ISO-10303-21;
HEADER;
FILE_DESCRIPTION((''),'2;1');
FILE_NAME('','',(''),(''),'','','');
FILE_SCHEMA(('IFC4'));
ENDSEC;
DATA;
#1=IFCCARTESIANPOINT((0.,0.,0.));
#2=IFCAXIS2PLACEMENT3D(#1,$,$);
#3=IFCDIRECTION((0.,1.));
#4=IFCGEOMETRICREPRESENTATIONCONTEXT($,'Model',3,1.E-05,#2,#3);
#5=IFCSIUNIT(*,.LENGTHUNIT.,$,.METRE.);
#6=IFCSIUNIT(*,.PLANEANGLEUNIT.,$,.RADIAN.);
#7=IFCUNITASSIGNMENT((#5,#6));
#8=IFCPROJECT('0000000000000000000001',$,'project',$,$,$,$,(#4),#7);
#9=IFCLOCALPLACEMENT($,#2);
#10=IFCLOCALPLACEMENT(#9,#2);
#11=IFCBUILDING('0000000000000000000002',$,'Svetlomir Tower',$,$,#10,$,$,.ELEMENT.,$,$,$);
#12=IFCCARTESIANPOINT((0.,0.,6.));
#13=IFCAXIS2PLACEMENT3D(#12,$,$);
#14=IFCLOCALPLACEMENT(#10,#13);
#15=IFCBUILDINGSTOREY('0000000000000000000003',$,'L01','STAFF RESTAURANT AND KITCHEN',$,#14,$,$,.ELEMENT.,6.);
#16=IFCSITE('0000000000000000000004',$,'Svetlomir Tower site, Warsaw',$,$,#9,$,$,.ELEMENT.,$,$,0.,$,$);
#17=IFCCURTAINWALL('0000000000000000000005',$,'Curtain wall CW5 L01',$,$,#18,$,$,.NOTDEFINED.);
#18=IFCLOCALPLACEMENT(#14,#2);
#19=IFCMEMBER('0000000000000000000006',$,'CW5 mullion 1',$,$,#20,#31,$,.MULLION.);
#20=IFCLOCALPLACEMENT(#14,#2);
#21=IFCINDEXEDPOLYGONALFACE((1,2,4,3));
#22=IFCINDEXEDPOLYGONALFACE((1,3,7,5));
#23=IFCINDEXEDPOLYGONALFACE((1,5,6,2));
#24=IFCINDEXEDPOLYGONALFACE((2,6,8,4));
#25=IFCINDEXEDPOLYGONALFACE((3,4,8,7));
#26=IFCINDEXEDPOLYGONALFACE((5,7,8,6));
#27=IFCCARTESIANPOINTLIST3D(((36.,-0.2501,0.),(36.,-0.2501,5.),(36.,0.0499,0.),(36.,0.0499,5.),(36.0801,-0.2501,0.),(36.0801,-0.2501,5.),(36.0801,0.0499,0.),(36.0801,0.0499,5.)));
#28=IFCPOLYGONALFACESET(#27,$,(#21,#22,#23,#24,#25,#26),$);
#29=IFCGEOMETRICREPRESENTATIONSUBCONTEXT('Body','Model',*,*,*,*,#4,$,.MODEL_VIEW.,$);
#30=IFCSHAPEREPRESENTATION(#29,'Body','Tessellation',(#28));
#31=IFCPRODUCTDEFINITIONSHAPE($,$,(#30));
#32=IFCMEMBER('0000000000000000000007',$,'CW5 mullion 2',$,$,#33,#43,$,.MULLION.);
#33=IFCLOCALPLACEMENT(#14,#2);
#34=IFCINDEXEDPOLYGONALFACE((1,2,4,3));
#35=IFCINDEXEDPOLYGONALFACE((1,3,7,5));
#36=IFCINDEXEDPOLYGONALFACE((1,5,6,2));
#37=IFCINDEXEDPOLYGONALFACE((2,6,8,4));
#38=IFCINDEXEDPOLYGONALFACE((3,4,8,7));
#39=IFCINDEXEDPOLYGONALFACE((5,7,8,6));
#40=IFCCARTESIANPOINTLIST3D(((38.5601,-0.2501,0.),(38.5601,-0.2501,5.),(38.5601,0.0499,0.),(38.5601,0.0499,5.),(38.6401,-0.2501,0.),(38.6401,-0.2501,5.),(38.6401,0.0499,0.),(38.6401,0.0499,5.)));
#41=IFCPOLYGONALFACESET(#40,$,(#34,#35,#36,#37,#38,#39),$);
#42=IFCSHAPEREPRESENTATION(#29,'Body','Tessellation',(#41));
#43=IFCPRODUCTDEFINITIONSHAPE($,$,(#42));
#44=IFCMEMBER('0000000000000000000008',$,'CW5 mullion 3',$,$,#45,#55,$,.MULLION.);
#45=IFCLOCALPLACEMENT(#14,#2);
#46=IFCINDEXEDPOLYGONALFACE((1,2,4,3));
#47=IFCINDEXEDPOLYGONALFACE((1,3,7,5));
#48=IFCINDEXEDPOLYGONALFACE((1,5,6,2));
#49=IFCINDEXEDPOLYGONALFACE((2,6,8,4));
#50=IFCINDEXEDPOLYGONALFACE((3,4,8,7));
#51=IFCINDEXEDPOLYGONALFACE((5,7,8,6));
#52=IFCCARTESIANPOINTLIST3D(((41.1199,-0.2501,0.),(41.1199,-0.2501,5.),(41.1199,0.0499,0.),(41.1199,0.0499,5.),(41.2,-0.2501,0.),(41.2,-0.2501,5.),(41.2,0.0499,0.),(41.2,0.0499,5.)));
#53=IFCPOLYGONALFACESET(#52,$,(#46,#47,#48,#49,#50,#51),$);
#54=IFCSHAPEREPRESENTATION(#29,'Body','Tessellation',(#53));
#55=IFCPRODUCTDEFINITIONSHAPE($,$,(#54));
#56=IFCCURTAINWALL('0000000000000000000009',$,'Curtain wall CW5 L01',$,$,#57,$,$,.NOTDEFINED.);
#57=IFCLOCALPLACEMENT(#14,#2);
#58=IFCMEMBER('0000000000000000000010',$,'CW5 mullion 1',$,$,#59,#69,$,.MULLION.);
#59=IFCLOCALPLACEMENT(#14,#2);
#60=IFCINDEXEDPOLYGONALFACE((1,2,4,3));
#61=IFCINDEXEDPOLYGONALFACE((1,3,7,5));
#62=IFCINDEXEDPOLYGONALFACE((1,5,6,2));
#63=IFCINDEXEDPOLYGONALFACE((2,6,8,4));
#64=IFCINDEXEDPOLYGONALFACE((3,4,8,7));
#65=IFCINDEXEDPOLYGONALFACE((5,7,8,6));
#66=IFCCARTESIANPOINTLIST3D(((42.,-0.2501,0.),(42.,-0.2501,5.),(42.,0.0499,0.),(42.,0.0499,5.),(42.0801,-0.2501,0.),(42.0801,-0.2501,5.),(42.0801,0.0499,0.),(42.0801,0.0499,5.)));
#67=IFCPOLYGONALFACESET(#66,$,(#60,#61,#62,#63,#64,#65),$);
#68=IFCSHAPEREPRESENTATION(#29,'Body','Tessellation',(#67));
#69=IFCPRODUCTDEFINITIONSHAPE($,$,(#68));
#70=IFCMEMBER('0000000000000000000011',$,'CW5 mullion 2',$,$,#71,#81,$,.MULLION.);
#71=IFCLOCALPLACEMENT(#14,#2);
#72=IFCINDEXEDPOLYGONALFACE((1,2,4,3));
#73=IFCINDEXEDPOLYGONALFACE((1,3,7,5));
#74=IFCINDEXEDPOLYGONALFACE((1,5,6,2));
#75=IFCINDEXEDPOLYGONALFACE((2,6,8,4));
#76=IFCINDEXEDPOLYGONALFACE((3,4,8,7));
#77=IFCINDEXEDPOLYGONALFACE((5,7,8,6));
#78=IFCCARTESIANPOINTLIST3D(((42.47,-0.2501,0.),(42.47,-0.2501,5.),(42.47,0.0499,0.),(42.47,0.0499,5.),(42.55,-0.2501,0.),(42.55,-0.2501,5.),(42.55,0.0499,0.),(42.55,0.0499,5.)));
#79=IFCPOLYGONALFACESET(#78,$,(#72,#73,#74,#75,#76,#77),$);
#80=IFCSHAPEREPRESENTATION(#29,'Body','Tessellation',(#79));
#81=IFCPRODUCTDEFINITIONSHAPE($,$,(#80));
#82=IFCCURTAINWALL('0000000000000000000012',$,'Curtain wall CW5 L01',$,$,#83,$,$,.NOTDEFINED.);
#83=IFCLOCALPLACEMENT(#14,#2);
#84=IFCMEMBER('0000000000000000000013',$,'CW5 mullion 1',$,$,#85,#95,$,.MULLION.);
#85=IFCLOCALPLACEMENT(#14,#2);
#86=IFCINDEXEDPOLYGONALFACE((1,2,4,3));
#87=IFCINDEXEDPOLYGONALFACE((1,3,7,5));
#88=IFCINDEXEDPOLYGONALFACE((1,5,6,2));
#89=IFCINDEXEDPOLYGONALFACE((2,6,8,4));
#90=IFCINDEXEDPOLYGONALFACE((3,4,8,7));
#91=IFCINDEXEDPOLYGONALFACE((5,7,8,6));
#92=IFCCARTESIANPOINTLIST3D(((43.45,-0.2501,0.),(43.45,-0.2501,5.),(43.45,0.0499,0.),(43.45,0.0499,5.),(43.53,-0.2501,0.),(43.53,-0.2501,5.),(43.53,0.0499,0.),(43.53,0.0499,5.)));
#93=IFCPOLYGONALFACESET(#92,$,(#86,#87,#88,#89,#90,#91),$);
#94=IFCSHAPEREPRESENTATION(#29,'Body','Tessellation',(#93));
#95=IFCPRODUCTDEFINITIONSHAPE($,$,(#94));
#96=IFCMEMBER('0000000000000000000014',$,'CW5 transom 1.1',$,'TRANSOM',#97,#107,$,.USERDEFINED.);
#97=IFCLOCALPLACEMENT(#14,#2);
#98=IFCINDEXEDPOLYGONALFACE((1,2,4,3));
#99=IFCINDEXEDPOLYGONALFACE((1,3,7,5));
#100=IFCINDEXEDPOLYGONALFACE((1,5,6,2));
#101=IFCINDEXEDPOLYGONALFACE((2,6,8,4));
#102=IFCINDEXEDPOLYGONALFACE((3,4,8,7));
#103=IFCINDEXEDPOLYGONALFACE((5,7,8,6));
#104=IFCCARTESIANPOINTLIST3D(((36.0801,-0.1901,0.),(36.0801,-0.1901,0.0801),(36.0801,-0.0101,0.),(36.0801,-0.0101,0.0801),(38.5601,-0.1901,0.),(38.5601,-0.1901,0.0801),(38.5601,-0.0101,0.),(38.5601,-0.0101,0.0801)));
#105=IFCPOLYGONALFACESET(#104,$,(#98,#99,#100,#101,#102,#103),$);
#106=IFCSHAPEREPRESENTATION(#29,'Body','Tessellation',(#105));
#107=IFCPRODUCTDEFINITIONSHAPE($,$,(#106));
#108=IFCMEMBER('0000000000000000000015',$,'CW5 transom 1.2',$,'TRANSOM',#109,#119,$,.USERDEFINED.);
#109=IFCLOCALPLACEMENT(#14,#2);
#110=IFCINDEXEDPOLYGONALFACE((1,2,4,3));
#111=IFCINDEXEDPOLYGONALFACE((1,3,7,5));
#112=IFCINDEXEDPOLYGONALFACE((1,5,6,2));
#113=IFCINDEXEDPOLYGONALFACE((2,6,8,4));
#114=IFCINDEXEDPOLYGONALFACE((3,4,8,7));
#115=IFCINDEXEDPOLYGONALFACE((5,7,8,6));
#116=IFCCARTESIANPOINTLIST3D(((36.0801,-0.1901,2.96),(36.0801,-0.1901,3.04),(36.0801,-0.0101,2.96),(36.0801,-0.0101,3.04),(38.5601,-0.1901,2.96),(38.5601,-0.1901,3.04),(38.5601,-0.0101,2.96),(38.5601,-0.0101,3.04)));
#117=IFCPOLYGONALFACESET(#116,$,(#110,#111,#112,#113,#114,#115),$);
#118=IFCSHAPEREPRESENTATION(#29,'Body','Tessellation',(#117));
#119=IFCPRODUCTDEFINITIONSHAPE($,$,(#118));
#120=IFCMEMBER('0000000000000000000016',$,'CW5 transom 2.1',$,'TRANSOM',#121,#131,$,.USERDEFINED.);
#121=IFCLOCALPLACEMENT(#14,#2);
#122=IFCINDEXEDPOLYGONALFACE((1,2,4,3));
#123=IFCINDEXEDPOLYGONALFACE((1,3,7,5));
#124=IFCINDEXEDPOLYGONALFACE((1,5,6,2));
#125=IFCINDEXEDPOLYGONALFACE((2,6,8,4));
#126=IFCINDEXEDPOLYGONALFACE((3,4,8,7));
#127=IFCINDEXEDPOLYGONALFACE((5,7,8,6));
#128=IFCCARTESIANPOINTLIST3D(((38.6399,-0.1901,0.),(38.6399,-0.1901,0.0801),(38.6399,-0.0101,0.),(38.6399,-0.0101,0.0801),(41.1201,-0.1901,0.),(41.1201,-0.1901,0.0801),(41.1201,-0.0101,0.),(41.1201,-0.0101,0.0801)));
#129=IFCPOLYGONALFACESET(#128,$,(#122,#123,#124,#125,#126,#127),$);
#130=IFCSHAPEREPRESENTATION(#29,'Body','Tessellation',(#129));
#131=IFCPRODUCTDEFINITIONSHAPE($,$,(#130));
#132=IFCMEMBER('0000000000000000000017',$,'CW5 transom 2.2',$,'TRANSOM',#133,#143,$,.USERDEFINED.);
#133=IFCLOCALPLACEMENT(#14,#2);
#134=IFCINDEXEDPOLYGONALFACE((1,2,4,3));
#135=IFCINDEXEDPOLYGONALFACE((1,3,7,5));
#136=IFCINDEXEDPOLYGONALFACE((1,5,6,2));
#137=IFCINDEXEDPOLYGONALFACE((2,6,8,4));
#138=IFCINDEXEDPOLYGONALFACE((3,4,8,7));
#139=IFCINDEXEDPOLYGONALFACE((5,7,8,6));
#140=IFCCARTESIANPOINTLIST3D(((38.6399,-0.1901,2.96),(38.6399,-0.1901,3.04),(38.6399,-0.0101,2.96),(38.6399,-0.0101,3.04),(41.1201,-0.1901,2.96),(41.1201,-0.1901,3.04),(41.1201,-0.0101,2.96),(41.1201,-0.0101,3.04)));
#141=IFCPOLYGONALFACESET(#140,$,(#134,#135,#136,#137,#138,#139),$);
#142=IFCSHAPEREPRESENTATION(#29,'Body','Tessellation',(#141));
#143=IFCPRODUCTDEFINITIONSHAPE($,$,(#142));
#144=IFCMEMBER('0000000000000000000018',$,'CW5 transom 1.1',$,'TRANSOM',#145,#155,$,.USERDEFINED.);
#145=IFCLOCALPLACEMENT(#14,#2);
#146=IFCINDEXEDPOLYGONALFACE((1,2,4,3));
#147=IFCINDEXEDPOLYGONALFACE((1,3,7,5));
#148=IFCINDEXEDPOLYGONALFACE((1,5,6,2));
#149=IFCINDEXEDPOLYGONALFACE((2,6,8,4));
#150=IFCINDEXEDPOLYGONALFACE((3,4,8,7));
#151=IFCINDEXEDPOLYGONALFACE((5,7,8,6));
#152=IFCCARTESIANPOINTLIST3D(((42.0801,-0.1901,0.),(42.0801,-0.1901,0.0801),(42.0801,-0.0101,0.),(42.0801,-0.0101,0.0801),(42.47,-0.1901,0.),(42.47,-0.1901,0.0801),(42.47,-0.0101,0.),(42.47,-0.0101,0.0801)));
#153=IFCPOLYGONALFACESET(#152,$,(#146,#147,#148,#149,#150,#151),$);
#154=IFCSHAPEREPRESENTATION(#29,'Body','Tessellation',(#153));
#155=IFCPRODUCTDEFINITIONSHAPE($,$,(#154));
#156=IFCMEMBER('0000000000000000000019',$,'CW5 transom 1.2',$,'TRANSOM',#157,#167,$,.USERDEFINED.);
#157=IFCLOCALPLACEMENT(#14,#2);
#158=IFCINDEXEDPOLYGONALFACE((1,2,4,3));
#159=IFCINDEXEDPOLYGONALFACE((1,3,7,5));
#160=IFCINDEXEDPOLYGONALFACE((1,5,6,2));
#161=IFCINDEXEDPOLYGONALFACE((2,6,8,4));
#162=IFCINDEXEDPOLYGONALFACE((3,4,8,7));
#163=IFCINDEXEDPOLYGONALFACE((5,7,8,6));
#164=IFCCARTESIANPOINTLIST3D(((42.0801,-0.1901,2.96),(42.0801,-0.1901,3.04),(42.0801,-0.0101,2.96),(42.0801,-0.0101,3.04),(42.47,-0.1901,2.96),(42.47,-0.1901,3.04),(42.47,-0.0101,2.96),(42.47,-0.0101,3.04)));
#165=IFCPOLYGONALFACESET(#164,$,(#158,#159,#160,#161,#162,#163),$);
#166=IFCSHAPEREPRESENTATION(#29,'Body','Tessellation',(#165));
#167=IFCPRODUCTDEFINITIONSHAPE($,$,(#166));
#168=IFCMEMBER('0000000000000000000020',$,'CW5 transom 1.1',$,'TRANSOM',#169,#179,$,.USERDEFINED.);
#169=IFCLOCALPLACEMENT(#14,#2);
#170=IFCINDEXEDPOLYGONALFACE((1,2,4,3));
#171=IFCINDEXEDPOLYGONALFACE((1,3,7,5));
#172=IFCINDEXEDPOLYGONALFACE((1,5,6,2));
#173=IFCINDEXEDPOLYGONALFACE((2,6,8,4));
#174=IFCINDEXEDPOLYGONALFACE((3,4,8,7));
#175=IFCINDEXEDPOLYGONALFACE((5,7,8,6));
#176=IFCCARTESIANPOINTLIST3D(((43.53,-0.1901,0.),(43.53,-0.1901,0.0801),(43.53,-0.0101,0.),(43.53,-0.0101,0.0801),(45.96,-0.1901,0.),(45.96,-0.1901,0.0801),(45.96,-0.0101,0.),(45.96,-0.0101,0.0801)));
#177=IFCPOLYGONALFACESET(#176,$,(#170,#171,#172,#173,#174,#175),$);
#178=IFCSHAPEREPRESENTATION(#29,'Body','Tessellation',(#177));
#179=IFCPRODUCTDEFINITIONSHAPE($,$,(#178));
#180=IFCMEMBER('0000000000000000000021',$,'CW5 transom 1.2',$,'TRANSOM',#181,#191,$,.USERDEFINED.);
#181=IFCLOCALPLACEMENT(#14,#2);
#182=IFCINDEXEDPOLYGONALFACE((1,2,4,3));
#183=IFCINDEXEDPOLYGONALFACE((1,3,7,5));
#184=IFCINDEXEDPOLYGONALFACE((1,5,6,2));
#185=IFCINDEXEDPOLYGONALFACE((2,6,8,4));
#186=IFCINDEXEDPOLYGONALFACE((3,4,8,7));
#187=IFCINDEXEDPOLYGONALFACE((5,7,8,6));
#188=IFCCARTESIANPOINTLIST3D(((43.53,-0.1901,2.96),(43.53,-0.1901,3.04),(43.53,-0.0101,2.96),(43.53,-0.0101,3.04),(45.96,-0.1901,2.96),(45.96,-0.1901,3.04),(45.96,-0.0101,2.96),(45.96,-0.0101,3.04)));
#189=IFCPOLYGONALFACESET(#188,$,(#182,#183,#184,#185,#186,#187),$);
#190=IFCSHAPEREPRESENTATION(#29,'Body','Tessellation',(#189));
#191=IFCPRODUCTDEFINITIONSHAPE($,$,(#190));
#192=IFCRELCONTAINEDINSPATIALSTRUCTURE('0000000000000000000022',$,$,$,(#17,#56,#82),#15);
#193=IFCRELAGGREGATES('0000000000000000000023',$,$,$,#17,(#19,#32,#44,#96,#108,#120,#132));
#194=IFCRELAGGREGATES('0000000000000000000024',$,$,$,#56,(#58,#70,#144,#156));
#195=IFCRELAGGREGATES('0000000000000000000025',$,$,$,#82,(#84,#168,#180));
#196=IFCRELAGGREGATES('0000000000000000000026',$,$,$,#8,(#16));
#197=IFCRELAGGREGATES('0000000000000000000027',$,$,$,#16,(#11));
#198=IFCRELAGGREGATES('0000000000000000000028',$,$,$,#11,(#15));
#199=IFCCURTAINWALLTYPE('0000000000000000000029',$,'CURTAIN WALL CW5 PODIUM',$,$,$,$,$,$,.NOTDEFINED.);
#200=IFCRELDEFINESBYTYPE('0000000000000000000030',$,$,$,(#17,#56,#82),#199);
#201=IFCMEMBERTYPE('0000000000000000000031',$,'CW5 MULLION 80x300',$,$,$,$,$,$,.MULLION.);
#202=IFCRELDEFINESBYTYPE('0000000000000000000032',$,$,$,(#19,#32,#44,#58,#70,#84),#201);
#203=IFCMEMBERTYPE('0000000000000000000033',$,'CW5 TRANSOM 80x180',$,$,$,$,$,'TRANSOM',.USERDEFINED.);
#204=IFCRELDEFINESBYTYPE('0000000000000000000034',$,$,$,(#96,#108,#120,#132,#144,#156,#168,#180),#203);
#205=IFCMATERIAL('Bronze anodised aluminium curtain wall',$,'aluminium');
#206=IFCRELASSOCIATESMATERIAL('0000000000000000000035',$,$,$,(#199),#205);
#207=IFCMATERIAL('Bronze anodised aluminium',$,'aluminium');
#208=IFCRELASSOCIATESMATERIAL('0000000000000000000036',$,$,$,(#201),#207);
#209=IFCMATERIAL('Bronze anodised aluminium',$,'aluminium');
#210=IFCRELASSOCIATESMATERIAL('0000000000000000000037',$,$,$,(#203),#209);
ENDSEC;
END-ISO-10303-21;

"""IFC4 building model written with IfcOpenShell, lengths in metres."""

from ifc_helpers import new_model, si_unit, direction, frame, origin, origin_2d, place, context, subcontext, project, spatial, rectangle, extrude, material, material_profile, profile_set, type_object, element, aggregate, save


model = new_model("IFC4")

# Units and contexts
model_context = context("Model", 3, precision=1e-05, world=origin(), true_north=direction((0.0, 1.0)))
body_context = subcontext(model_context, "Body", "Model", "MODEL_VIEW")
ifc_project = project(units=[si_unit("LENGTHUNIT", "METRE"), si_unit("PLANEANGLEUNIT", "RADIAN")], contexts=[model_context])

# Site, building, storey
site_placement = place(None, origin())
site = spatial("IfcSite", under=ifc_project, at=site_placement, Name="Svetlomir Tower site, Warsaw", CompositionType="ELEMENT", RefElevation=0.0)
building_placement = place(site_placement, origin())
building = spatial("IfcBuilding", under=site, at=building_placement, Name="Svetlomir Tower", CompositionType="ELEMENT")
storey_placement = place(building_placement, frame((0.0, 0.0, 6.0)))
storey = spatial("IfcBuildingStorey", under=building, at=storey_placement, Name="L01", Description="STAFF RESTAURANT AND KITCHEN", CompositionType="ELEMENT", Elevation=6.0)

# Curtain walls, members
ifc_material_1 = material(Name="Bronze anodised aluminium curtain wall", Category="aluminium")
curtain_wall_type = type_object("IfcCurtainWallType", Name="CURTAIN WALL CW5 PODIUM", PredefinedType="NOTDEFINED", material=ifc_material_1)
curtain_wall_1_placement = place(storey_placement, origin())
curtain_wall_1 = element("IfcCurtainWall", 1, at=curtain_wall_1_placement, inside=storey, type_object=curtain_wall_type, Name="Curtain wall CW5 L01", PredefinedType="NOTDEFINED")
ifc_material_2 = material(Name="Bronze anodised aluminium", Category="aluminium")
ifc_material_profile_1 = material_profile(ifc_material_2, rectangle(XDim=0.0801, YDim=0.3, at=origin_2d()), Name="AL 80x300")
ifc_profile_set_1 = profile_set([ifc_material_profile_1], Name="Bronze anodised aluminium 6063-T6")
member_type_1 = type_object("IfcMemberType", Name="CW5 MULLION 80x300", PredefinedType="MULLION", material=ifc_profile_set_1)
member_1_placement = place(storey_placement, frame((36.04, -0.1001, 0.0), z_axis=(0.0, 0.0, 1.0), x_axis=(1.0, 0.0, 0.0)))
member_1 = element("IfcMember", 2, at=member_1_placement, type_object=member_type_1, Name="CW5 mullion 1", PredefinedType="MULLION", context=body_context, shape_type="SweptSolid", body=[
    extrude(rectangle(XDim=0.0801, YDim=0.3, at=origin_2d()), origin(), (0.0, 0.0, 1.0), 5.0),
])
member_2_placement = place(storey_placement, frame((38.6001, -0.1001, 0.0), z_axis=(0.0, 0.0, 1.0), x_axis=(1.0, 0.0, 0.0)))
member_2 = element("IfcMember", 3, at=member_2_placement, type_object=member_type_1, Name="CW5 mullion 2", PredefinedType="MULLION", context=body_context, shape_type="SweptSolid", body=[
    extrude(rectangle(XDim=0.0801, YDim=0.3, at=origin_2d()), origin(), (0.0, 0.0, 1.0), 5.0),
])
member_3_placement = place(storey_placement, frame((41.1599, -0.1001, 0.0), z_axis=(0.0, 0.0, 1.0), x_axis=(1.0, 0.0, 0.0)))
member_3 = element("IfcMember", 4, at=member_3_placement, type_object=member_type_1, Name="CW5 mullion 3", PredefinedType="MULLION", context=body_context, shape_type="SweptSolid", body=[
    extrude(rectangle(XDim=0.0801, YDim=0.3, at=origin_2d()), origin(), (0.0, 0.0, 1.0), 5.0),
])
curtain_wall_2_placement = place(storey_placement, origin())
curtain_wall_2 = element("IfcCurtainWall", 5, at=curtain_wall_2_placement, inside=storey, type_object=curtain_wall_type, Name="Curtain wall CW5 L01", PredefinedType="NOTDEFINED")
member_4_placement = place(storey_placement, frame((42.04, -0.1001, 0.0), z_axis=(0.0, 0.0, 1.0), x_axis=(1.0, 0.0, 0.0)))
member_4 = element("IfcMember", 6, at=member_4_placement, type_object=member_type_1, Name="CW5 mullion 1", PredefinedType="MULLION", context=body_context, shape_type="SweptSolid", body=[
    extrude(rectangle(XDim=0.0801, YDim=0.3, at=origin_2d()), origin(), (0.0, 0.0, 1.0), 5.0),
])
member_5_placement = place(storey_placement, frame((42.51, -0.1001, 0.0), z_axis=(0.0, 0.0, 1.0), x_axis=(1.0, 0.0, 0.0)))
member_5 = element("IfcMember", 7, at=member_5_placement, type_object=member_type_1, Name="CW5 mullion 2", PredefinedType="MULLION", context=body_context, shape_type="SweptSolid", body=[
    extrude(rectangle(XDim=0.0801, YDim=0.3, at=origin_2d()), origin(), (0.0, 0.0, 1.0), 5.0),
])

# Curtain wall, member
curtain_wall_3_placement = place(storey_placement, origin())
curtain_wall_3 = element("IfcCurtainWall", 8, at=curtain_wall_3_placement, inside=storey, type_object=curtain_wall_type, Name="Curtain wall CW5 L01", PredefinedType="NOTDEFINED")
member_6_placement = place(storey_placement, frame((43.49, -0.1001, 0.0), z_axis=(0.0, 0.0, 1.0), x_axis=(1.0, 0.0, 0.0)))
member_6 = element("IfcMember", 9, at=member_6_placement, type_object=member_type_1, Name="CW5 mullion 1", PredefinedType="MULLION", context=body_context, shape_type="SweptSolid", body=[
    extrude(rectangle(XDim=0.0801, YDim=0.3, at=origin_2d()), origin(), (0.0, 0.0, 1.0), 5.0),
])

# Members
ifc_material_3 = material(Name="Bronze anodised aluminium", Category="aluminium")
ifc_material_profile_2 = material_profile(ifc_material_3, rectangle(XDim=0.1799, YDim=0.0801, at=origin_2d()), Name="AL 180x80")
ifc_profile_set_2 = profile_set([ifc_material_profile_2], Name="Bronze anodised aluminium 6063-T6")
member_type_2 = type_object("IfcMemberType", Name="CW5 TRANSOM 80x180", ElementType="TRANSOM", PredefinedType="USERDEFINED", material=ifc_profile_set_2)
member_7_placement = place(storey_placement, frame((36.0801, -0.1001, 0.04), z_axis=(1.0, 0.0, 0.0), x_axis=(0.0, 1.0, 0.0)))
member_7 = element("IfcMember", 10, at=member_7_placement, type_object=member_type_2, Name="CW5 transom 1.1", ObjectType="TRANSOM", PredefinedType="USERDEFINED", context=body_context, shape_type="SweptSolid", body=[
    extrude(rectangle(XDim=0.1799, YDim=0.0801, at=origin_2d()), origin(), (0.0, 0.0, 1.0), 2.48),
])
member_8_placement = place(storey_placement, frame((36.0801, -0.1001, 3.0), z_axis=(1.0, 0.0, 0.0), x_axis=(0.0, 1.0, 0.0)))
member_8 = element("IfcMember", 11, at=member_8_placement, type_object=member_type_2, Name="CW5 transom 1.2", ObjectType="TRANSOM", PredefinedType="USERDEFINED", context=body_context, shape_type="SweptSolid", body=[
    extrude(rectangle(XDim=0.1799, YDim=0.0801, at=origin_2d()), origin(), (0.0, 0.0, 1.0), 2.48),
])
member_9_placement = place(storey_placement, frame((38.6399, -0.1001, 0.04), z_axis=(1.0, 0.0, 0.0), x_axis=(0.0, 1.0, 0.0)))
member_9 = element("IfcMember", 12, at=member_9_placement, type_object=member_type_2, Name="CW5 transom 2.1", ObjectType="TRANSOM", PredefinedType="USERDEFINED", context=body_context, shape_type="SweptSolid", body=[
    extrude(rectangle(XDim=0.1799, YDim=0.0801, at=origin_2d()), origin(), (0.0, 0.0, 1.0), 2.4802),
])
member_10_placement = place(storey_placement, frame((38.6399, -0.1001, 3.0), z_axis=(1.0, 0.0, 0.0), x_axis=(0.0, 1.0, 0.0)))
member_10 = element("IfcMember", 13, at=member_10_placement, type_object=member_type_2, Name="CW5 transom 2.2", ObjectType="TRANSOM", PredefinedType="USERDEFINED", context=body_context, shape_type="SweptSolid", body=[
    extrude(rectangle(XDim=0.1799, YDim=0.0801, at=origin_2d()), origin(), (0.0, 0.0, 1.0), 2.4802),
])
member_11_placement = place(storey_placement, frame((42.0801, -0.1001, 0.04), z_axis=(1.0, 0.0, 0.0), x_axis=(0.0, 1.0, 0.0)))
member_11 = element("IfcMember", 14, at=member_11_placement, type_object=member_type_2, Name="CW5 transom 1.1", ObjectType="TRANSOM", PredefinedType="USERDEFINED", context=body_context, shape_type="SweptSolid", body=[
    extrude(rectangle(XDim=0.1799, YDim=0.0801, at=origin_2d()), origin(), (0.0, 0.0, 1.0), 0.3899),
])
member_12_placement = place(storey_placement, frame((42.0801, -0.1001, 3.0), z_axis=(1.0, 0.0, 0.0), x_axis=(0.0, 1.0, 0.0)))
member_12 = element("IfcMember", 15, at=member_12_placement, type_object=member_type_2, Name="CW5 transom 1.2", ObjectType="TRANSOM", PredefinedType="USERDEFINED", context=body_context, shape_type="SweptSolid", body=[
    extrude(rectangle(XDim=0.1799, YDim=0.0801, at=origin_2d()), origin(), (0.0, 0.0, 1.0), 0.3899),
])
member_13_placement = place(storey_placement, frame((43.53, -0.1001, 0.04), z_axis=(1.0, 0.0, 0.0), x_axis=(0.0, 1.0, 0.0)))
member_13 = element("IfcMember", 16, at=member_13_placement, type_object=member_type_2, Name="CW5 transom 1.1", ObjectType="TRANSOM", PredefinedType="USERDEFINED", context=body_context, shape_type="SweptSolid", body=[
    extrude(rectangle(XDim=0.1799, YDim=0.0801, at=origin_2d()), origin(), (0.0, 0.0, 1.0), 2.4299),
])
member_14_placement = place(storey_placement, frame((43.53, -0.1001, 3.0), z_axis=(1.0, 0.0, 0.0), x_axis=(0.0, 1.0, 0.0)))
member_14 = element("IfcMember", 17, at=member_14_placement, type_object=member_type_2, Name="CW5 transom 1.2", ObjectType="TRANSOM", PredefinedType="USERDEFINED", context=body_context, shape_type="SweptSolid", body=[
    extrude(rectangle(XDim=0.1799, YDim=0.0801, at=origin_2d()), origin(), (0.0, 0.0, 1.0), 2.4299),
])

aggregate(curtain_wall_1, [member_1, member_2, member_3, member_7, member_8, member_9, member_10])
aggregate(curtain_wall_2, [member_4, member_5, member_11, member_12])
aggregate(curtain_wall_3, [member_6, member_13, member_14])

save(model, "model.ifc")
